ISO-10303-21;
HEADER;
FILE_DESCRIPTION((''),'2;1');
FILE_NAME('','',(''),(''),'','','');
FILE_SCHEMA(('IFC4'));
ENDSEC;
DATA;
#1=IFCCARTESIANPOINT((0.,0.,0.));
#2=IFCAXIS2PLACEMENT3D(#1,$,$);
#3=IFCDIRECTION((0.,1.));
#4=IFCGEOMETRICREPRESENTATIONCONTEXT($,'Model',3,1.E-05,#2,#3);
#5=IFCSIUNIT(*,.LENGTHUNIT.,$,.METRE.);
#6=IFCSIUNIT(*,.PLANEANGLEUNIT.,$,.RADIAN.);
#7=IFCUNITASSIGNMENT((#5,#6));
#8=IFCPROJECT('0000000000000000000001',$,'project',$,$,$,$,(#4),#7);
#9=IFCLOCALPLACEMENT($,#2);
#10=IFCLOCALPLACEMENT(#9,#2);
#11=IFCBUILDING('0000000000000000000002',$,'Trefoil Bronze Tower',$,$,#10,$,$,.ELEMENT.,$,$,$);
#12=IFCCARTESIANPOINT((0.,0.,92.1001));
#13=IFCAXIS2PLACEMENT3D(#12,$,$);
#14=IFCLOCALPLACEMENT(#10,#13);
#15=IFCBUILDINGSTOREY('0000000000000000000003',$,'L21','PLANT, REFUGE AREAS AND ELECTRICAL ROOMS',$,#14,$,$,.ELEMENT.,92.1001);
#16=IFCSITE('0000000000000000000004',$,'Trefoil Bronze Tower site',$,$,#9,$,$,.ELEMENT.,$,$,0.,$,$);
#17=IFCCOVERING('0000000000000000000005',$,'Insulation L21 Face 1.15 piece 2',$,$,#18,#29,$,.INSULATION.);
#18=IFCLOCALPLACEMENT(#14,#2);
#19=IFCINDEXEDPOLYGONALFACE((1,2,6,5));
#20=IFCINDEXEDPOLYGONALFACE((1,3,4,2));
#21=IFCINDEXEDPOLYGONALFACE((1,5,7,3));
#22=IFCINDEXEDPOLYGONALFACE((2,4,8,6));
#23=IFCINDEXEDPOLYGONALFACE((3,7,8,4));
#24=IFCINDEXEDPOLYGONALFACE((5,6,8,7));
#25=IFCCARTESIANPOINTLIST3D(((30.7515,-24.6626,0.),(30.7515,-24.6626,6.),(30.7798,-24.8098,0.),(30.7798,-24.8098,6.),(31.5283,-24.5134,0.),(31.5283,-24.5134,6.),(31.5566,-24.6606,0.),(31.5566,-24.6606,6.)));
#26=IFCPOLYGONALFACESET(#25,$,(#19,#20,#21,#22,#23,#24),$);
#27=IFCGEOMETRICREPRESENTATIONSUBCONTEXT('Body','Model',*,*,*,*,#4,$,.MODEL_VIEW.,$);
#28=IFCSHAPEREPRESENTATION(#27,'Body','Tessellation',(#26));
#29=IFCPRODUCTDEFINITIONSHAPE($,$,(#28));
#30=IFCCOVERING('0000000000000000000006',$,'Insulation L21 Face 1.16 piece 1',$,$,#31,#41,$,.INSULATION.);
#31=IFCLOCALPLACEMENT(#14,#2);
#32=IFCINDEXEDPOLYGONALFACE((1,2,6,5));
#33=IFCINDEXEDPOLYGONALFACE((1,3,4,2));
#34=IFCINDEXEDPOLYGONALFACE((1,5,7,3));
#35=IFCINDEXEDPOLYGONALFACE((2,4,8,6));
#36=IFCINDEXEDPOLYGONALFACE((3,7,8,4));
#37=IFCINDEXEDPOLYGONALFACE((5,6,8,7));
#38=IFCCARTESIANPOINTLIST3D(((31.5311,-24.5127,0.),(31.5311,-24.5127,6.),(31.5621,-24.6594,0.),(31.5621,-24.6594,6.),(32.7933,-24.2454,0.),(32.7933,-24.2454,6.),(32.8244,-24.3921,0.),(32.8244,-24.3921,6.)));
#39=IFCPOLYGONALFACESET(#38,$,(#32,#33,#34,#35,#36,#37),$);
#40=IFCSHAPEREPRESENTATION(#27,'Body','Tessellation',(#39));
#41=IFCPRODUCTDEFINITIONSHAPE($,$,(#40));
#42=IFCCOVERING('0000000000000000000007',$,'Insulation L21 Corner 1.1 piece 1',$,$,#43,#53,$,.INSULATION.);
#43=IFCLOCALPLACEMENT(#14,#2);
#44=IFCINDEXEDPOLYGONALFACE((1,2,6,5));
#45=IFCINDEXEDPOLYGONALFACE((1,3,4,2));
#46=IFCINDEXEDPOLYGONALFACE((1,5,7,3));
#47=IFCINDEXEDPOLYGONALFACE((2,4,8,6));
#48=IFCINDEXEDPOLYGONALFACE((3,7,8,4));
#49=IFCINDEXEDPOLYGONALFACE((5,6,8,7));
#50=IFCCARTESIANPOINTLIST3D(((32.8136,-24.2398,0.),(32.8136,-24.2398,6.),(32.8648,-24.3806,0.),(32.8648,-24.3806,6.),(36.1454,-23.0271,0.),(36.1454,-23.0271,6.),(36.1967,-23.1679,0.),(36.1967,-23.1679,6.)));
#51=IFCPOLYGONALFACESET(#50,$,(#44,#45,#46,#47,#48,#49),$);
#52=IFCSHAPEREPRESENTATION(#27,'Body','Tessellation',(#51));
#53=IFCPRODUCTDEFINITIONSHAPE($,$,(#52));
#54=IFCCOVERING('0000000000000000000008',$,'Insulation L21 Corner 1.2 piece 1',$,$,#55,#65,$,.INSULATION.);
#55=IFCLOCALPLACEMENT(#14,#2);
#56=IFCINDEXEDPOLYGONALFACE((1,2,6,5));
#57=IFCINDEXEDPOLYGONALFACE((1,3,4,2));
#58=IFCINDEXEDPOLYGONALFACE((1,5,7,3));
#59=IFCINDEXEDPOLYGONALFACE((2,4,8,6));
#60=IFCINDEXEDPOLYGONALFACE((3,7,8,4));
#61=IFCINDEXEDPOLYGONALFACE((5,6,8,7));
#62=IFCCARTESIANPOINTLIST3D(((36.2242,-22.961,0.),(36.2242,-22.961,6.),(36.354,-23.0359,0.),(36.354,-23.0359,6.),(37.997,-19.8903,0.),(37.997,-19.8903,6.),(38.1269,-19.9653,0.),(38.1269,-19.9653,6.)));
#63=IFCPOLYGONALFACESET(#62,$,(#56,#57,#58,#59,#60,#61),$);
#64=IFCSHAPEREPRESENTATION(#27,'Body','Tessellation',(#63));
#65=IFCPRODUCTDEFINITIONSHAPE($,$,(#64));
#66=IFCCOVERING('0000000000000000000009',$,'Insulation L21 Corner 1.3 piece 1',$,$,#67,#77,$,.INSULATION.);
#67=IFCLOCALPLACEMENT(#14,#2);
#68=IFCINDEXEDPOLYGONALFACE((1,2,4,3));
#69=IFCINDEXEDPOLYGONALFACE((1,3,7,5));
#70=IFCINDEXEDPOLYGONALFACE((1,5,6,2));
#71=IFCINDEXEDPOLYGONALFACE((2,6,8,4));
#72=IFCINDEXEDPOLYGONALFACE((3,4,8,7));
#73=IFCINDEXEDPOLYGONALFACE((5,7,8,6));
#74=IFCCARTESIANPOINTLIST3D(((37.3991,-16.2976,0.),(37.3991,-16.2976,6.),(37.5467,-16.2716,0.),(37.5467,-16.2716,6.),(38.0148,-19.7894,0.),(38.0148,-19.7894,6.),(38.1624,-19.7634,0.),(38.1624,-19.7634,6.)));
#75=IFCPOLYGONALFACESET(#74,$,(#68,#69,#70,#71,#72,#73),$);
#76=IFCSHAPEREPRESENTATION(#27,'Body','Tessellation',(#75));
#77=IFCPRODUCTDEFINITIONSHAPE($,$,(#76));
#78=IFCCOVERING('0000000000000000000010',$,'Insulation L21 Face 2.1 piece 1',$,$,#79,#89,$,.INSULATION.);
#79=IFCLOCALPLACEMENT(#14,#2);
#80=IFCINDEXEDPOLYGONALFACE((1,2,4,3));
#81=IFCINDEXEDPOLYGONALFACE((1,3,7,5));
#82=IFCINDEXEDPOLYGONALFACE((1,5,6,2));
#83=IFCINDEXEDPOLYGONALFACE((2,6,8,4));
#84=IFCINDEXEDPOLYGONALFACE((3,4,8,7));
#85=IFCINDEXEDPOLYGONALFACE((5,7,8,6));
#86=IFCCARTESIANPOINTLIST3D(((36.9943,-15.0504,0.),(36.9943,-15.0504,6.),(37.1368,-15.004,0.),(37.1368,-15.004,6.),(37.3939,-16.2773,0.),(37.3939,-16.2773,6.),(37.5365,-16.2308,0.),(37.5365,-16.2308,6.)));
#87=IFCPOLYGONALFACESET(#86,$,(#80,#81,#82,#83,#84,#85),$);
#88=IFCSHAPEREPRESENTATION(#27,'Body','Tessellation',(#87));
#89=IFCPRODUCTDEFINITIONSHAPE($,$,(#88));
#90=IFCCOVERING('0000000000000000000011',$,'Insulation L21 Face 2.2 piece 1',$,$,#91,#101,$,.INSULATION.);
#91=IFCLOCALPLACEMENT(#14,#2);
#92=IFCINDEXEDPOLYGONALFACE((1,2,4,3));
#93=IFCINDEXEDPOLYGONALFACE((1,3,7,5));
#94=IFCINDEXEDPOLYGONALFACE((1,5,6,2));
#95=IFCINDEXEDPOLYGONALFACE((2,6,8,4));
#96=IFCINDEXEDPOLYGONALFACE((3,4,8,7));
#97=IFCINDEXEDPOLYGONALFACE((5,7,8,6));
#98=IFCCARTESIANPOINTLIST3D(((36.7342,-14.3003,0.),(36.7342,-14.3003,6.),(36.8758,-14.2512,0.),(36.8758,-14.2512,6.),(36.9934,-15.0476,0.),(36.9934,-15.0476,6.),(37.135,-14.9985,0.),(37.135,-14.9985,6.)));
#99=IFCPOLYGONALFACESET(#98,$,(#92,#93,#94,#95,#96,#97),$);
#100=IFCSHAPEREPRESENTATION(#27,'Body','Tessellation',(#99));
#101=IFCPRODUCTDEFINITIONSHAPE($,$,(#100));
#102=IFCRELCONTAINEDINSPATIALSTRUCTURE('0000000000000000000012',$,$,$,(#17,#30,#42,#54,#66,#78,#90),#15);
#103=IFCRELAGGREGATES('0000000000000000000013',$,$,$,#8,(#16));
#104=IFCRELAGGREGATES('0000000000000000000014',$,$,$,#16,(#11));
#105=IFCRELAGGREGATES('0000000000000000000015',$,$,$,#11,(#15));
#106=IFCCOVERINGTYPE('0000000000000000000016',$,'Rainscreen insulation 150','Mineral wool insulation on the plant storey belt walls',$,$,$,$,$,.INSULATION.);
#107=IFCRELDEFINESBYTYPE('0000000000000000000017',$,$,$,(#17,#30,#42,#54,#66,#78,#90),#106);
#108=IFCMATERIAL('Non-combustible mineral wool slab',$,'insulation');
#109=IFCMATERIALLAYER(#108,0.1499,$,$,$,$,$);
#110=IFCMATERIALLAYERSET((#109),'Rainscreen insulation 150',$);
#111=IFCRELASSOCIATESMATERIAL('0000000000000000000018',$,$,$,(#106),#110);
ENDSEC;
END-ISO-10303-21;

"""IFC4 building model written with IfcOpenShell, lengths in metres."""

from ifc_helpers import new_model, si_unit, direction, frame, origin, origin_2d, place, context, subcontext, project, spatial, rectangle, extrude, material, layer, layer_set, type_object, element, save


model = new_model("IFC4")

# Units and contexts
model_context = context("Model", 3, precision=1e-05, world=origin(), true_north=direction((0.0, 1.0)))
body_context = subcontext(model_context, "Body", "Model", "MODEL_VIEW")
ifc_project = project(units=[si_unit("LENGTHUNIT", "METRE"), si_unit("PLANEANGLEUNIT", "RADIAN")], contexts=[model_context])

# Site, building, storey
site_placement = place(None, origin())
site = spatial("IfcSite", under=ifc_project, at=site_placement, Name="Trefoil Bronze Tower site", CompositionType="ELEMENT", RefElevation=0.0)
building_placement = place(site_placement, origin())
building = spatial("IfcBuilding", under=site, at=building_placement, Name="Trefoil Bronze Tower", CompositionType="ELEMENT")
storey_placement = place(building_placement, frame((0.0, 0.0, 92.1001)))
storey = spatial("IfcBuildingStorey", under=building, at=storey_placement, Name="L21", Description="PLANT, REFUGE AREAS AND ELECTRICAL ROOMS", CompositionType="ELEMENT", Elevation=92.1001)

# Coverings
ifc_material_1 = material(Name="Non-combustible mineral wool slab", Category="insulation")
ifc_layer_1 = layer(ifc_material_1, 0.1499)
ifc_layer_set_1 = layer_set([ifc_layer_1], Name="Rainscreen insulation 150")
covering_type_1 = type_object("IfcCoveringType", Name="Rainscreen insulation 150", Description="Mineral wool insulation on the plant storey belt walls", PredefinedType="INSULATION", material=ifc_layer_set_1)
covering_1_placement = place(storey_placement, frame((31.1541, -24.6616, 0.0), z_axis=(0.0, 0.0, 1.0), x_axis=(0.98205, 0.188622, 0.0)))
element("IfcCovering", 1, at=covering_1_placement, inside=storey, type_object=covering_type_1, Name="Insulation L21 Face 1.15 piece 2", PredefinedType="INSULATION", context=body_context, shape_type="SweptSolid", body=[
    extrude(rectangle(XDim=0.791, YDim=0.1499, at=origin_2d()), origin(), (0.0, 0.0, 1.0), 6.0),
])
covering_2_placement = place(storey_placement, frame((32.1777, -24.4524, 0.0), z_axis=(0.0, 0.0, 1.0), x_axis=(0.978303, 0.207181, 0.0)))
element("IfcCovering", 2, at=covering_2_placement, inside=storey, type_object=covering_type_1, Name="Insulation L21 Face 1.16 piece 1", PredefinedType="INSULATION", context=body_context, shape_type="SweptSolid", body=[
    extrude(rectangle(XDim=1.2903, YDim=0.1499, at=origin_2d()), origin(), (0.0, 0.0, 1.0), 6.0),
])
for number, where, z_axis, x_axis, name in (
    (3, (34.5051, -23.7039, 0.0), (0.0, 0.0, 1.0), (0.939693, 0.34202, 0.0), "Insulation L21 Corner 1.1 piece 1"),
    (4, (37.1755, -21.4631, 0.0), (0.0, 0.0, 1.0), (0.5, 0.866025, 0.0), "Insulation L21 Corner 1.2 piece 1"),
    (5, (37.7808, -18.0305, 0.0), (0.0, 0.0, 1.0), (-0.173648, 0.984808, 0.0), "Insulation L21 Corner 1.3 piece 1"),
):
    element("IfcCovering", number, at=place(storey_placement, frame(where, z_axis=z_axis, x_axis=x_axis)), inside=storey, type_object=covering_type_1, Name=name, PredefinedType="INSULATION", context=body_context, shape_type="SweptSolid", body=[
        extrude(rectangle(XDim=3.5457, YDim=0.1499, at=origin_2d()), origin(), (0.0, 0.0, 1.0), 6.0),
    ])
covering_3_placement = place(storey_placement, frame((37.2654, -15.6406, 0.0), z_axis=(0.0, 0.0, 1.0), x_axis=(-0.309728, 0.950825, 0.0)))
element("IfcCovering", 6, at=covering_3_placement, inside=storey, type_object=covering_type_1, Name="Insulation L21 Face 2.1 piece 1", PredefinedType="INSULATION", context=body_context, shape_type="SweptSolid", body=[
    extrude(rectangle(XDim=1.2903, YDim=0.1499, at=origin_2d()), origin(), (0.0, 0.0, 1.0), 6.0),
])
covering_4_placement = place(storey_placement, frame((36.9346, -14.6494, 0.0), z_axis=(0.0, 0.0, 1.0), x_axis=(-0.327674, 0.944791, 0.0)))
element("IfcCovering", 7, at=covering_4_placement, inside=storey, type_object=covering_type_1, Name="Insulation L21 Face 2.2 piece 1", PredefinedType="INSULATION", context=body_context, shape_type="SweptSolid", body=[
    extrude(rectangle(XDim=0.791, YDim=0.1499, at=origin_2d()), origin(), (0.0, 0.0, 1.0), 6.0),
])

save(model, "model.ifc")
